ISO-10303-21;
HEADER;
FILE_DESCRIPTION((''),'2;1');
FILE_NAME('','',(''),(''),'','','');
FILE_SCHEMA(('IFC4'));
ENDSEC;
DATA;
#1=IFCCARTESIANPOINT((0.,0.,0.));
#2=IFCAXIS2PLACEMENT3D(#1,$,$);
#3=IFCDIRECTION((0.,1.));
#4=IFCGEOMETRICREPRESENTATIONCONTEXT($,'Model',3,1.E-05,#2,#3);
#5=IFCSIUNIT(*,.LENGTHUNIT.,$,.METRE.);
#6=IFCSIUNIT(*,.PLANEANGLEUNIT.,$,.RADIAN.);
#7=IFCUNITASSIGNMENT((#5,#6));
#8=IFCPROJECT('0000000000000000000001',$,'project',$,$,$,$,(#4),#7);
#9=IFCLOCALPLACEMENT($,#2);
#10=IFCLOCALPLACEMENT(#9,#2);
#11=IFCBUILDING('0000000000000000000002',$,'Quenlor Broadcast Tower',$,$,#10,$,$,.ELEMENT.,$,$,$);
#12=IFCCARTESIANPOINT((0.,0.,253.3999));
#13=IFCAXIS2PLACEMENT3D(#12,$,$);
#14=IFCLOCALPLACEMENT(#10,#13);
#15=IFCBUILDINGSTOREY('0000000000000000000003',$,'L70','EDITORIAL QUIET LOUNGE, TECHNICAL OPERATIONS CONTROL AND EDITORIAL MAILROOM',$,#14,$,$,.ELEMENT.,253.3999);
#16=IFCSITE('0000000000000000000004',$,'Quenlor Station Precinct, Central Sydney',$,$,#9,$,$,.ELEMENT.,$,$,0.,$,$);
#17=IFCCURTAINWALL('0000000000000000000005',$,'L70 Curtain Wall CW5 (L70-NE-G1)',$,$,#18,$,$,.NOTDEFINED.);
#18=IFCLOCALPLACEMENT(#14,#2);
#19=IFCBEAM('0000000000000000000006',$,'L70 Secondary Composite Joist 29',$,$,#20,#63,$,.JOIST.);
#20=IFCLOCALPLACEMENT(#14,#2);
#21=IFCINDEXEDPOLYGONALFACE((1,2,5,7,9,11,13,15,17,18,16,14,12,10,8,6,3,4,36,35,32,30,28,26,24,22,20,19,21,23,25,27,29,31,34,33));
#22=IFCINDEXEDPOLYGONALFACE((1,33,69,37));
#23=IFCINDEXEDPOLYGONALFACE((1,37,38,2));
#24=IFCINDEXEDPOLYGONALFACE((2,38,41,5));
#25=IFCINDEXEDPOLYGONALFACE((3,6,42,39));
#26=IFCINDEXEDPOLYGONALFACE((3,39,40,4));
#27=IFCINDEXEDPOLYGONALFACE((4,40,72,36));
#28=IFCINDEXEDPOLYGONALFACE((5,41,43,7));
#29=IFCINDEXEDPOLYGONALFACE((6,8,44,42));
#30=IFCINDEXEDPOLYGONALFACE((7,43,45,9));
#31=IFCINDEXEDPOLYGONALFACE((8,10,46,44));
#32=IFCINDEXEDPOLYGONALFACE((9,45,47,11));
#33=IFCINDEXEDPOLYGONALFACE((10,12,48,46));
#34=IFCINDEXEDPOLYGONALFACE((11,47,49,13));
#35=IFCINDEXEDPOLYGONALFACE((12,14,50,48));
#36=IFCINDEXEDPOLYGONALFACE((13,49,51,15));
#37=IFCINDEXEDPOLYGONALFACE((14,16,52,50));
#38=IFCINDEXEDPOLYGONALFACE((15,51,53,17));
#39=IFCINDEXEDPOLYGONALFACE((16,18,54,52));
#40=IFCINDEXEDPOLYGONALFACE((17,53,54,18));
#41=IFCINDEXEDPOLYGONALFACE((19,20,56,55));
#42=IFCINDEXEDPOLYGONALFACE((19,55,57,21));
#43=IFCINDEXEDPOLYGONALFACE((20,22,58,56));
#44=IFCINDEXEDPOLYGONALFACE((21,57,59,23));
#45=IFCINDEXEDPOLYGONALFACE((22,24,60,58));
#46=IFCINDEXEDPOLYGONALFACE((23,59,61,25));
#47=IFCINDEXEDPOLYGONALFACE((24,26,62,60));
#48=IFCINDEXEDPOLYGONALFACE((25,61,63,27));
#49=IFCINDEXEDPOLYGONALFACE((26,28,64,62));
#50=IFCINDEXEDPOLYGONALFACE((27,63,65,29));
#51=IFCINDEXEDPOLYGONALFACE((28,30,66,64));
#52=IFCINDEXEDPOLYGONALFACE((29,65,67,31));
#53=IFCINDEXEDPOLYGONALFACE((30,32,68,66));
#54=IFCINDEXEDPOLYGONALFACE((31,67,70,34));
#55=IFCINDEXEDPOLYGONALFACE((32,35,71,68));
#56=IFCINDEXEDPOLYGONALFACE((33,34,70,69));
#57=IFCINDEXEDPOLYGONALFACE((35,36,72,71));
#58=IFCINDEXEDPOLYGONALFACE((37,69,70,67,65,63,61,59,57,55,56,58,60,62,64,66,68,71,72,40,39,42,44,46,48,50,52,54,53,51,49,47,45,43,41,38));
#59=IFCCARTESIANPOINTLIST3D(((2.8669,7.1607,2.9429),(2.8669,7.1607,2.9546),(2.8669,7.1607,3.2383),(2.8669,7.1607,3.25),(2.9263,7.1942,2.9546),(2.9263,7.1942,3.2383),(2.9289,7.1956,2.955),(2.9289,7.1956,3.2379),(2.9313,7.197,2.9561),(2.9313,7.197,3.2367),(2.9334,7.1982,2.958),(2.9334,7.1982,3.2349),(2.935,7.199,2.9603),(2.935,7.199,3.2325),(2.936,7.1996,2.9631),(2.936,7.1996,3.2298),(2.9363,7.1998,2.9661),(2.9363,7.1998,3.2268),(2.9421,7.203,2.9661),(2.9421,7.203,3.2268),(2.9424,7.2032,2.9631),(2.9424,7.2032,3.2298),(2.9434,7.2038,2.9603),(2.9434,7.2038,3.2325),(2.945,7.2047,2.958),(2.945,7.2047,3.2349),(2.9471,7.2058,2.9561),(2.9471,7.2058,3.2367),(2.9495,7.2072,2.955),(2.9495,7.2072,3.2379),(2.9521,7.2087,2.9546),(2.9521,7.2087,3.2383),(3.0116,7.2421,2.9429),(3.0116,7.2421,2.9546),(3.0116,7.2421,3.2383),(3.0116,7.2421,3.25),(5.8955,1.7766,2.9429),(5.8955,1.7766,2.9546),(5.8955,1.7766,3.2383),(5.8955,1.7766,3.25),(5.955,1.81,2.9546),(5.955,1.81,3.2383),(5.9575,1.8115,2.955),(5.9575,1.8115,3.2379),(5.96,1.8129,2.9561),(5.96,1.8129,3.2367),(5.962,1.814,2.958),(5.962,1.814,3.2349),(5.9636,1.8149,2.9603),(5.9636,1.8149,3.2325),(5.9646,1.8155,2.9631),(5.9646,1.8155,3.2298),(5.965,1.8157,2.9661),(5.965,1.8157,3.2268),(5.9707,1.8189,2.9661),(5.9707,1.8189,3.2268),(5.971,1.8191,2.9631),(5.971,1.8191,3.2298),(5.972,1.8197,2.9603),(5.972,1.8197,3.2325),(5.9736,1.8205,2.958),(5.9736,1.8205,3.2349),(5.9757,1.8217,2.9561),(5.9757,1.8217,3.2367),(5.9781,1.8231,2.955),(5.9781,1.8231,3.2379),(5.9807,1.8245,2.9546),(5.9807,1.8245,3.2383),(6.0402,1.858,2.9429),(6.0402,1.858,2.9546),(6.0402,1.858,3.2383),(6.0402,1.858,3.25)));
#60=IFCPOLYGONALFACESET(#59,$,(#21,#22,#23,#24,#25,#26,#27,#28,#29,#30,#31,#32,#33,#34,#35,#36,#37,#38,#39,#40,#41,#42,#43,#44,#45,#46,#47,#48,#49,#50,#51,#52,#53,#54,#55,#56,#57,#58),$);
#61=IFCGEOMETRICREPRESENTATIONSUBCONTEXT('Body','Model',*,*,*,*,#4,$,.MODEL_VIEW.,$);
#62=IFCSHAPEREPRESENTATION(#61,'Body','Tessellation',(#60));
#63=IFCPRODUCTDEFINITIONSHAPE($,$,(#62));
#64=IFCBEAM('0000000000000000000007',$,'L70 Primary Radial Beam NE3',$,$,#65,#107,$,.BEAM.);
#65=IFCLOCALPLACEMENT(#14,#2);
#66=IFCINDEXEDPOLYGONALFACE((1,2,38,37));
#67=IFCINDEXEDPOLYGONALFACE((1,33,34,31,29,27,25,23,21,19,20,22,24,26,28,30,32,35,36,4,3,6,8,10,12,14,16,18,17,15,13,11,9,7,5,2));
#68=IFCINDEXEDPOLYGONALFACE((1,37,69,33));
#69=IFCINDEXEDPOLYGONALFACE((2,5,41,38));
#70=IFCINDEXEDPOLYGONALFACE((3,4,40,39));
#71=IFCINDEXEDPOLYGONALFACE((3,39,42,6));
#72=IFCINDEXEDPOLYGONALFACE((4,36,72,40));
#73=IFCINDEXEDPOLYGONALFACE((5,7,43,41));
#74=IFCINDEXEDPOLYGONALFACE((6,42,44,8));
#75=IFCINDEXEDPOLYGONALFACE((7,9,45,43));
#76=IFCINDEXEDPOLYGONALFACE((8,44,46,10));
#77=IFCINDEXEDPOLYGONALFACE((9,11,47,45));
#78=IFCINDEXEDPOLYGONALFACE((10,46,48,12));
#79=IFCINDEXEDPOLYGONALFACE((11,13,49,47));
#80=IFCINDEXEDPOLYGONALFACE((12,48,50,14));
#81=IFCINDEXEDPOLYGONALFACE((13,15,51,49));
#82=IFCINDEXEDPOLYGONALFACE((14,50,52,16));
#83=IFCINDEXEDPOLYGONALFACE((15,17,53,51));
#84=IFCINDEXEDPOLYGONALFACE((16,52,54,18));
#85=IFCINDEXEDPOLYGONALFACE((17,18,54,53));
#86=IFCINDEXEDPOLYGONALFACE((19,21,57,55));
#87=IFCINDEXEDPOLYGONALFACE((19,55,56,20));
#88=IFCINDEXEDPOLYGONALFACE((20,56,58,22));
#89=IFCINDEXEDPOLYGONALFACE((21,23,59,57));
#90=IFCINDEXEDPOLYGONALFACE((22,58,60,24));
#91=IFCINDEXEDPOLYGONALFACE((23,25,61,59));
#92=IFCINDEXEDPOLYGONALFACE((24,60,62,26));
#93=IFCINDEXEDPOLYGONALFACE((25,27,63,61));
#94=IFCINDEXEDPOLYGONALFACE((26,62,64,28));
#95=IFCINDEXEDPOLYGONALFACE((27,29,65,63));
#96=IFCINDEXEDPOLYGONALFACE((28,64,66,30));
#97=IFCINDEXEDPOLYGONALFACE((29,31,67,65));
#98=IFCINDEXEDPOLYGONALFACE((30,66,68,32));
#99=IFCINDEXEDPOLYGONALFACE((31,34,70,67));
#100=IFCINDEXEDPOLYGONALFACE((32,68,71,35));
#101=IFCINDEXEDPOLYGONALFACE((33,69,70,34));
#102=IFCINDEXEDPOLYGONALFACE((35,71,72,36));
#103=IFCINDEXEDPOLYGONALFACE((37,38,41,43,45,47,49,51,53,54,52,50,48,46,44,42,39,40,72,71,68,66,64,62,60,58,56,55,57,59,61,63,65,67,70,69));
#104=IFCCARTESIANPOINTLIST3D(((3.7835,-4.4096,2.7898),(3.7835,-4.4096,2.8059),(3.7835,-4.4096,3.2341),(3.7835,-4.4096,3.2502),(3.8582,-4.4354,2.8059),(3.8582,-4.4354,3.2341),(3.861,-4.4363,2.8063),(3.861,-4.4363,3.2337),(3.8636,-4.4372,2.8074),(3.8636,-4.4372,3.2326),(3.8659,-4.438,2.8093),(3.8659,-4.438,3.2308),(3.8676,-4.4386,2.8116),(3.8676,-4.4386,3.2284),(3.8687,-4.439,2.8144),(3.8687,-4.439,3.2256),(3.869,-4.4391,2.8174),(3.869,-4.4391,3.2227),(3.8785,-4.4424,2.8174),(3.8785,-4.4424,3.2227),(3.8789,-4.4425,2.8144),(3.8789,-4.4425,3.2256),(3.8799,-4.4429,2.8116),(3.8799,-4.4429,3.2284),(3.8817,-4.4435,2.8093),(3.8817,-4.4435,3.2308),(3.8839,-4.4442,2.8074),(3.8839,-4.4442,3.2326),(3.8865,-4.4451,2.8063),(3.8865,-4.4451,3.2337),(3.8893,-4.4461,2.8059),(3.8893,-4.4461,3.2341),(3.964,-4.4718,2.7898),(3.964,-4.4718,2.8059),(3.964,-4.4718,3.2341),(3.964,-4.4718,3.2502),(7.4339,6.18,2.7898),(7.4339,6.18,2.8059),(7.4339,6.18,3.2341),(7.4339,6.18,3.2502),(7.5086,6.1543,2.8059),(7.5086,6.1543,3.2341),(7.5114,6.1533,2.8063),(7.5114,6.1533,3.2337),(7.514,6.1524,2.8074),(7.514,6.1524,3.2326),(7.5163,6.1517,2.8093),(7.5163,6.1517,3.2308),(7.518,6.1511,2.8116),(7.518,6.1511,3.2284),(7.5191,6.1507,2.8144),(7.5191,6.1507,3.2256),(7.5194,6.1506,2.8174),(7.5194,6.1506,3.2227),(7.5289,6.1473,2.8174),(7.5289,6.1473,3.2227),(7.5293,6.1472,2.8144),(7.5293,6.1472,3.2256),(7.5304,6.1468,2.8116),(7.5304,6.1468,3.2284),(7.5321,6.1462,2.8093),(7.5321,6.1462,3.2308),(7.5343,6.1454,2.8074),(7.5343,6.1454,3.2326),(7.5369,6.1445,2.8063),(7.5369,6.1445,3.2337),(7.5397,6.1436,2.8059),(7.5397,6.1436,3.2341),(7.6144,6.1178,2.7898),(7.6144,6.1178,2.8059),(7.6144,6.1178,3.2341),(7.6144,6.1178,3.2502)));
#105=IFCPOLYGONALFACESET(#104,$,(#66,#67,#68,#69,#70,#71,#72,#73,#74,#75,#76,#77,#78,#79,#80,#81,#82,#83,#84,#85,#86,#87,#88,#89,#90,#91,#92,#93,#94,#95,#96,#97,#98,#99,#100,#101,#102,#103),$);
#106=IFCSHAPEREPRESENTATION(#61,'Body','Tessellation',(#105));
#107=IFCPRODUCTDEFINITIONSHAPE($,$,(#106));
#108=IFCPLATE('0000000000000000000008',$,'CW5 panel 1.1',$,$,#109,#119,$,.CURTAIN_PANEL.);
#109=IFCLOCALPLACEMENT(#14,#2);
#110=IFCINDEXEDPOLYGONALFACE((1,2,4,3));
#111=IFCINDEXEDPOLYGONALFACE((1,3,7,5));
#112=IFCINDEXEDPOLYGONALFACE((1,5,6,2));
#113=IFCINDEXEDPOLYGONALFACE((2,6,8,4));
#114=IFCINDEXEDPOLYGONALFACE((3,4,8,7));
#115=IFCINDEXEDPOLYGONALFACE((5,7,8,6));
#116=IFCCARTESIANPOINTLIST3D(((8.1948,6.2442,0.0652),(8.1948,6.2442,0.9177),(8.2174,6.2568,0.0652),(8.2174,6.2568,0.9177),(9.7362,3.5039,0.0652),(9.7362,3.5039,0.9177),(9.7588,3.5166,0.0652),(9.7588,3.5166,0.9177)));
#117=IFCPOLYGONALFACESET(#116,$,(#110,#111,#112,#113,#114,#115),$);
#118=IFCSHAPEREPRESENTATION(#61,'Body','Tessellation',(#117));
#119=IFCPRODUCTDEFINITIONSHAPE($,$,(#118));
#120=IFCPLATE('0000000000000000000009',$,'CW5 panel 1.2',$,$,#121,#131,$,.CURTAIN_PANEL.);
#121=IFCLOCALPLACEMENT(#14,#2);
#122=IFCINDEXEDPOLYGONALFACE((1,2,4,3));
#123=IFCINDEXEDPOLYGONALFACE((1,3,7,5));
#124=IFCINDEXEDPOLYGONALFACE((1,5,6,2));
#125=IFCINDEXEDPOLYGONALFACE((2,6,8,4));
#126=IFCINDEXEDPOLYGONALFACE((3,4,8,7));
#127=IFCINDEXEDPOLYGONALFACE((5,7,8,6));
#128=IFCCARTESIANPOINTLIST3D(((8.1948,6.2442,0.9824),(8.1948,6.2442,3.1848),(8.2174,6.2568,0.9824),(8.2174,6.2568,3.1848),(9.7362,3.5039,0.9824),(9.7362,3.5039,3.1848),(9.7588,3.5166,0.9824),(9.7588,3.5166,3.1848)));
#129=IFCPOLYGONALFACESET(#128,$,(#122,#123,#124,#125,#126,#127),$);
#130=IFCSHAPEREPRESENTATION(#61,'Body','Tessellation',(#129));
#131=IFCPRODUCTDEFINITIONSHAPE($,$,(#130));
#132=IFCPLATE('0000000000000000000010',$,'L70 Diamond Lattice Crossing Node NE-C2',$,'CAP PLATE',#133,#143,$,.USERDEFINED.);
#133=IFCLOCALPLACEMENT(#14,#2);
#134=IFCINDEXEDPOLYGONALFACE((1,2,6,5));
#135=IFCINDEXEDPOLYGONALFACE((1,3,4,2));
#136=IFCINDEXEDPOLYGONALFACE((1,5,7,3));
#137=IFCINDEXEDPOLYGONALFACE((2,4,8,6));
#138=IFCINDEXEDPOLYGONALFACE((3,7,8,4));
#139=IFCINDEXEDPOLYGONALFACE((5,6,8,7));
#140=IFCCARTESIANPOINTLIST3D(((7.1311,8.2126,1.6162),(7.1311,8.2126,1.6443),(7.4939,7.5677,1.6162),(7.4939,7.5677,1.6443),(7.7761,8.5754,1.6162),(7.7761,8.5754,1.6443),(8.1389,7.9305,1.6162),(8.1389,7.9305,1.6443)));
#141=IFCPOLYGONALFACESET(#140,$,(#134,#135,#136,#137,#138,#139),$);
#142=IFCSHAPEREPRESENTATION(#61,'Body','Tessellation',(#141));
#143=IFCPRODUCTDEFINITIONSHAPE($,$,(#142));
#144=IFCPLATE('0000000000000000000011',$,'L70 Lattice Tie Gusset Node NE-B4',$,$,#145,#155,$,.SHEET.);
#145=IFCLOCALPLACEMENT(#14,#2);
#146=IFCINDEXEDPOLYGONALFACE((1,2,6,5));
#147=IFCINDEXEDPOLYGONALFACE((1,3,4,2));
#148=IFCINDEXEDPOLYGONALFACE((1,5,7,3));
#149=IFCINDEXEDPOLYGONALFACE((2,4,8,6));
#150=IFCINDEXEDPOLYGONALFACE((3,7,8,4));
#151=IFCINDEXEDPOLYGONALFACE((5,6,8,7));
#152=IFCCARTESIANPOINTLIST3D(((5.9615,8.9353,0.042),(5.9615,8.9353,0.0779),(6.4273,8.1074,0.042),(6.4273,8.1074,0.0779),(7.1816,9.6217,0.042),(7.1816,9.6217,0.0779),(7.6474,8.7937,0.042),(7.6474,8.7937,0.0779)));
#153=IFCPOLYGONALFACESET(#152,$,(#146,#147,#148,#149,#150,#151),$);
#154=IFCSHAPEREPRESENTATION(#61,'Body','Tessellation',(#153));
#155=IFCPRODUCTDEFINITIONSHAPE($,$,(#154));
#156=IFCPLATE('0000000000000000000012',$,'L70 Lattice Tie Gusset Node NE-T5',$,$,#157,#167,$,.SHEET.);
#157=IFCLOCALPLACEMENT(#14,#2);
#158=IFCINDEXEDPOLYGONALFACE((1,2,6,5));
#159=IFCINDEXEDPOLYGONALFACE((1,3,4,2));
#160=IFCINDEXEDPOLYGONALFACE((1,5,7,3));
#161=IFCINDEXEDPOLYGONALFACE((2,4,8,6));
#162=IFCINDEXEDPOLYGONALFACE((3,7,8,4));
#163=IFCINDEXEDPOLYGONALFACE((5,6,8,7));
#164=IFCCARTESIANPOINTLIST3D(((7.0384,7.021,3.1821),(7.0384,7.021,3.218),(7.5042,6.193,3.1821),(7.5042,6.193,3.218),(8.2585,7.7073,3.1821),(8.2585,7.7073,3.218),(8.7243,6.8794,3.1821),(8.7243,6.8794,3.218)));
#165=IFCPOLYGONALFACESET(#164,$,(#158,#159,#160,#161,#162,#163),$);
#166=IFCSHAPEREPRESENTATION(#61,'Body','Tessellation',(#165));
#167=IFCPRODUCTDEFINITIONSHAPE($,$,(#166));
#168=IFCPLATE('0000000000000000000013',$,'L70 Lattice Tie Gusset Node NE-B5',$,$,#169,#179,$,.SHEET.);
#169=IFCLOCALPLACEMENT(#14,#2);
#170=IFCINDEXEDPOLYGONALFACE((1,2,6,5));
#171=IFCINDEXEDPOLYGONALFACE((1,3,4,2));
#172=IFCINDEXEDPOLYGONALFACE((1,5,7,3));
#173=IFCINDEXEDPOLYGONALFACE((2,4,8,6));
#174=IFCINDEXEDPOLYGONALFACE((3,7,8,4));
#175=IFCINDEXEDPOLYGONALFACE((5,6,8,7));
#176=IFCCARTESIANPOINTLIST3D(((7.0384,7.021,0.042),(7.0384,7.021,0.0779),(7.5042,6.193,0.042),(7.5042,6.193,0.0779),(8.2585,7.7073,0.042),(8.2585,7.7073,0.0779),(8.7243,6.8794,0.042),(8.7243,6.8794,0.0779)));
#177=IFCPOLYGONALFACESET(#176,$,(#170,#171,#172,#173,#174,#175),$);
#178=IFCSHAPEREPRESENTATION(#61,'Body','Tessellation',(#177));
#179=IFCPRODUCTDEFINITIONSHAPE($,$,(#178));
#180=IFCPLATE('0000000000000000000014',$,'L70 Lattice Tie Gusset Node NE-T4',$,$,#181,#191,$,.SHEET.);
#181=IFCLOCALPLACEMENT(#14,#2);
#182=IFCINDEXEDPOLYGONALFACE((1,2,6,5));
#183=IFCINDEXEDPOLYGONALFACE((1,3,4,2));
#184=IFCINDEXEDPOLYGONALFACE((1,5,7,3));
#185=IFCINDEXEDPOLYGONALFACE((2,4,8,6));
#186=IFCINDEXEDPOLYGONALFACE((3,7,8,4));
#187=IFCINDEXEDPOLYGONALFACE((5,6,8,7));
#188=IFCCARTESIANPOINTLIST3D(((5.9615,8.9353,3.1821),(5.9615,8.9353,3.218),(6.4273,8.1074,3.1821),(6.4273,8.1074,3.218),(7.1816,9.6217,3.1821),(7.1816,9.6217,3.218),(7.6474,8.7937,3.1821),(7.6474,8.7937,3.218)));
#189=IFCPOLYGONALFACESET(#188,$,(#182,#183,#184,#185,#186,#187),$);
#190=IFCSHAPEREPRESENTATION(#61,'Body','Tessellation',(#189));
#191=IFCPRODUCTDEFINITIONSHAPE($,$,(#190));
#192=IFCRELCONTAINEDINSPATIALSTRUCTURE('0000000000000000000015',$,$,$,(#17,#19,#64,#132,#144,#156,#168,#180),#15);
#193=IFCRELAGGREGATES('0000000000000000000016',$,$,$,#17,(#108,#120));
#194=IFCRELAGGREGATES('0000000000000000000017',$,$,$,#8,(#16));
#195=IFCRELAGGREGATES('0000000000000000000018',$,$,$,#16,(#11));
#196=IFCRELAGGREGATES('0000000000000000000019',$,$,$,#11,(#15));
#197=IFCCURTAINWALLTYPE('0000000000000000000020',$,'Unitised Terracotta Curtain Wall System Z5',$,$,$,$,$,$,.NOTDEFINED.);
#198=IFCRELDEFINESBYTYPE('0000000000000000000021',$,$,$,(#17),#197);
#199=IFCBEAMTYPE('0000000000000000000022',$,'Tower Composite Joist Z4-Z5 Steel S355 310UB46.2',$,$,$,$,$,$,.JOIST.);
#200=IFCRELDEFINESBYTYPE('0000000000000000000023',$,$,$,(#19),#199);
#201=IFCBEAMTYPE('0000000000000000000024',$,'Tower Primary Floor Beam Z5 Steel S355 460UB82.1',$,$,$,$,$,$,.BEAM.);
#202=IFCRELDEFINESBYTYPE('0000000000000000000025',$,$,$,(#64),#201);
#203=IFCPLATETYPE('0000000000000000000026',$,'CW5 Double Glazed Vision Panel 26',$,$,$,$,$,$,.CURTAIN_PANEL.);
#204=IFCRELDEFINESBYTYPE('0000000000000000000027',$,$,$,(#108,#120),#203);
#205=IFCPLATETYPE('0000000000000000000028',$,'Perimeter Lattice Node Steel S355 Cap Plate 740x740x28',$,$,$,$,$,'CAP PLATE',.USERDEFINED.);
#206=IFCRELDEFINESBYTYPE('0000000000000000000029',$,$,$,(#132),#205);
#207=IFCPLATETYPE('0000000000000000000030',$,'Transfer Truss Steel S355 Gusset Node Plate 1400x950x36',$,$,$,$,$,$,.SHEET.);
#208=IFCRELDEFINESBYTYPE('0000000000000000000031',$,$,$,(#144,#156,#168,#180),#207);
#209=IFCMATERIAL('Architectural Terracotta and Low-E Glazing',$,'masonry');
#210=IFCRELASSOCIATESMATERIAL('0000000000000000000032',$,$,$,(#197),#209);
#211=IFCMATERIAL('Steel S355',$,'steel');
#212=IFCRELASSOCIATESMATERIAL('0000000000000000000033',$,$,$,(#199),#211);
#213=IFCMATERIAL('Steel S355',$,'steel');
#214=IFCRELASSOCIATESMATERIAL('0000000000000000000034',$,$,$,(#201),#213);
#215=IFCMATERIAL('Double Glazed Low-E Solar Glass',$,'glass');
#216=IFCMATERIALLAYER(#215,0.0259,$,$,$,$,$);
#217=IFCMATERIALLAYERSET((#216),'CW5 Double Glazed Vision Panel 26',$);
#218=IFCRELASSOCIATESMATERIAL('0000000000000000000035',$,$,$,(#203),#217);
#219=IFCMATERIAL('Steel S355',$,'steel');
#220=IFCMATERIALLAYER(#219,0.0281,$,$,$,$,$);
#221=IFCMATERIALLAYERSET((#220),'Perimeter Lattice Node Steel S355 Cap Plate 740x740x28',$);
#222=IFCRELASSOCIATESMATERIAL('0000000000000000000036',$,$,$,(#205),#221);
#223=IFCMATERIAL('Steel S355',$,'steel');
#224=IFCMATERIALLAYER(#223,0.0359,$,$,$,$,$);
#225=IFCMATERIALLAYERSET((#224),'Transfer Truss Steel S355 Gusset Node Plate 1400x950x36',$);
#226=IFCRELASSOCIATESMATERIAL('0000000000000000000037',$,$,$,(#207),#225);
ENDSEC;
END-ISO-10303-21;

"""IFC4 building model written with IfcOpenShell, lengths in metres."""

from ifc_helpers import new_model, si_unit, direction, frame, origin, origin_2d, place, context, subcontext, project, spatial, rectangle, i_section, extrude, material, layer, layer_set, material_profile, profile_set, type_object, element, aggregate, save


model = new_model("IFC4")

# Units and contexts
model_context = context("Model", 3, precision=1e-05, world=origin(), true_north=direction((0.0, 1.0)))
body_context = subcontext(model_context, "Body", "Model", "MODEL_VIEW")
ifc_project = project(units=[si_unit("LENGTHUNIT", "METRE"), si_unit("PLANEANGLEUNIT", "RADIAN")], contexts=[model_context])

# Site, building, storey
site_placement = place(None, origin())
site = spatial("IfcSite", under=ifc_project, at=site_placement, Name="Quenlor Station Precinct, Central Sydney", CompositionType="ELEMENT", RefElevation=0.0)
building_placement = place(site_placement, origin())
building = spatial("IfcBuilding", under=site, at=building_placement, Name="Quenlor Broadcast Tower", CompositionType="ELEMENT")
storey_placement = place(building_placement, frame((0.0, 0.0, 253.3999)))
storey = spatial("IfcBuildingStorey", under=building, at=storey_placement, Name="L70", Description="EDITORIAL QUIET LOUNGE, TECHNICAL OPERATIONS CONTROL AND EDITORIAL MAILROOM", CompositionType="ELEMENT", Elevation=253.3999)

# Shared definitions
ifc_material_1 = material(Name="Architectural Terracotta and Low-E Glazing", Category="masonry")
curtain_wall_type = type_object("IfcCurtainWallType", Name="Unitised Terracotta Curtain Wall System Z5", PredefinedType="NOTDEFINED", material=ifc_material_1)

# Curtain wall
curtain_wall_1_placement = place(storey_placement, origin())
curtain_wall_1 = element("IfcCurtainWall", 1, at=curtain_wall_1_placement, inside=storey, type_object=curtain_wall_type, Name="L70 Curtain Wall CW5 (L70-NE-G1)", PredefinedType="NOTDEFINED")

# Beams
ifc_material_2 = material(Name="Steel S355", Category="steel")
ifc_material_profile_1 = material_profile(ifc_material_2, i_section(OverallWidth=0.166, OverallDepth=0.3071, WebThickness=0.0066, FlangeThickness=0.0117, FilletRadius=0.0115, at=origin_2d()))
ifc_profile_set_1 = profile_set([ifc_material_profile_1], Name="Steel S355 310UB46.2")
beam_type_1 = type_object("IfcBeamType", Name="Tower Composite Joist Z4-Z5 Steel S355 310UB46.2", PredefinedType="JOIST", material=ifc_profile_set_1)
beam_1_placement = place(storey_placement, frame((2.9392, 7.2014, 3.0964), z_axis=(0.490267, -0.871572, 0.0), x_axis=(0.871572, 0.490267, 0.0)))
element("IfcBeam", 2, at=beam_1_placement, inside=storey, type_object=beam_type_1, Name="L70 Secondary Composite Joist 29", PredefinedType="JOIST", context=body_context, shape_type="SweptSolid", body=[
    extrude(i_section(OverallWidth=0.166, OverallDepth=0.3071, WebThickness=0.0066, FlangeThickness=0.0117, FilletRadius=0.0115, at=origin_2d()), origin(), (0.0, 0.0, 1.0), 6.1775),
])
ifc_material_3 = material(Name="Steel S355", Category="steel")
ifc_material_profile_2 = material_profile(ifc_material_3, i_section(OverallWidth=0.1909, OverallDepth=0.4604, WebThickness=0.01, FlangeThickness=0.0161, FilletRadius=0.0115, at=origin_2d()))
ifc_profile_set_2 = profile_set([ifc_material_profile_2], Name="Steel S355 460UB82.1")
beam_type_2 = type_object("IfcBeamType", Name="Tower Primary Floor Beam Z5 Steel S355 460UB82.1", PredefinedType="BEAM", material=ifc_profile_set_2)
beam_2_placement = place(storey_placement, frame((7.5242, 6.1489, 3.02), z_axis=(-0.325895, -0.945406, 0.0), x_axis=(0.945406, -0.325895, 0.0)))
element("IfcBeam", 3, at=beam_2_placement, inside=storey, type_object=beam_type_2, Name="L70 Primary Radial Beam NE3", PredefinedType="BEAM", context=body_context, shape_type="SweptSolid", body=[
    extrude(i_section(OverallWidth=0.1909, OverallDepth=0.4604, WebThickness=0.01, FlangeThickness=0.0161, FilletRadius=0.0115, at=origin_2d()), origin(), (0.0, 0.0, 1.0), 11.2012),
])

# Plates
ifc_material_4 = material(Name="Double Glazed Low-E Solar Glass", Category="glass")
ifc_layer_1 = layer(ifc_material_4, 0.0259)
ifc_layer_set_1 = layer_set([ifc_layer_1], Name="CW5 Double Glazed Vision Panel 26")
plate_type_1 = type_object("IfcPlateType", Name="CW5 Double Glazed Vision Panel 26", PredefinedType="CURTAIN_PANEL", material=ifc_layer_set_1)
plate_1_placement = place(storey_placement, frame((8.9768, 4.8804, 0.0652), z_axis=(0.0, 0.0, 1.0), x_axis=(0.490263, -0.871575, 0.0)))
plate_1 = element("IfcPlate", 4, at=plate_1_placement, type_object=plate_type_1, Name="CW5 panel 1.1", PredefinedType="CURTAIN_PANEL", context=body_context, shape_type="SweptSolid", body=[
    extrude(rectangle(XDim=3.144, YDim=0.0259, at=origin_2d()), origin(), (0.0, 0.0, 1.0), 0.8525),
])
plate_2_placement = place(storey_placement, frame((8.9768, 4.8804, 0.9824), z_axis=(0.0, 0.0, 1.0), x_axis=(0.490263, -0.871575, 0.0)))
plate_2 = element("IfcPlate", 5, at=plate_2_placement, type_object=plate_type_1, Name="CW5 panel 1.2", PredefinedType="CURTAIN_PANEL", context=body_context, shape_type="SweptSolid", body=[
    extrude(rectangle(XDim=3.144, YDim=0.0259, at=origin_2d()), origin(), (0.0, 0.0, 1.0), 2.2024),
])
aggregate(curtain_wall_1, [plate_1, plate_2])

# Plates
ifc_material_5 = material(Name="Steel S355", Category="steel")
ifc_layer_2 = layer(ifc_material_5, 0.0281)
ifc_layer_set_2 = layer_set([ifc_layer_2], Name="Perimeter Lattice Node Steel S355 Cap Plate 740x740x28")
plate_type_2 = type_object("IfcPlateType", Name="Perimeter Lattice Node Steel S355 Cap Plate 740x740x28", ElementType="CAP PLATE", PredefinedType="USERDEFINED", material=ifc_layer_set_2)
plate_3_placement = place(storey_placement, frame((7.635, 8.0715, 1.6162), z_axis=(0.0, 0.0, 1.0), x_axis=(0.490295, -0.871556, 0.0)))
element("IfcPlate", 6, at=plate_3_placement, inside=storey, type_object=plate_type_2, Name="L70 Diamond Lattice Crossing Node NE-C2", ObjectType="CAP PLATE", PredefinedType="USERDEFINED", context=body_context, shape_type="SweptSolid", body=[
    extrude(rectangle(XDim=0.74, YDim=0.74, at=origin_2d()), origin(), (0.0, 0.0, 1.0), 0.0281),
])
ifc_material_6 = material(Name="Steel S355", Category="steel")
ifc_layer_3 = layer(ifc_material_6, 0.0359)
ifc_layer_set_3 = layer_set([ifc_layer_3], Name="Transfer Truss Steel S355 Gusset Node Plate 1400x950x36")
plate_type_3 = type_object("IfcPlateType", Name="Transfer Truss Steel S355 Gusset Node Plate 1400x950x36", PredefinedType="SHEET", material=ifc_layer_set_3)
for number, where, z_axis, x_axis, name in (
    (7, (6.8044, 8.8645, 0.042), (0.0, 0.0, 1.0), (0.871556, 0.490295, 0.0), "L70 Lattice Tie Gusset Node NE-B4"),
    (8, (7.8813, 6.9502, 3.1821), (0.0, 0.0, 1.0), (0.871556, 0.490295, 0.0), "L70 Lattice Tie Gusset Node NE-T5"),
    (9, (7.8813, 6.9502, 0.042), (0.0, 0.0, 1.0), (0.871556, 0.490295, 0.0), "L70 Lattice Tie Gusset Node NE-B5"),
    (10, (6.8044, 8.8645, 3.1821), (0.0, 0.0, 1.0), (0.871556, 0.490295, 0.0), "L70 Lattice Tie Gusset Node NE-T4"),
):
    element("IfcPlate", number, at=place(storey_placement, frame(where, z_axis=z_axis, x_axis=x_axis)), inside=storey, type_object=plate_type_3, Name=name, PredefinedType="SHEET", context=body_context, shape_type="SweptSolid", body=[
        extrude(rectangle(XDim=1.3999, YDim=0.95, at=origin_2d()), origin(), (0.0, 0.0, 1.0), 0.0359),
    ])

save(model, "model.ifc")
